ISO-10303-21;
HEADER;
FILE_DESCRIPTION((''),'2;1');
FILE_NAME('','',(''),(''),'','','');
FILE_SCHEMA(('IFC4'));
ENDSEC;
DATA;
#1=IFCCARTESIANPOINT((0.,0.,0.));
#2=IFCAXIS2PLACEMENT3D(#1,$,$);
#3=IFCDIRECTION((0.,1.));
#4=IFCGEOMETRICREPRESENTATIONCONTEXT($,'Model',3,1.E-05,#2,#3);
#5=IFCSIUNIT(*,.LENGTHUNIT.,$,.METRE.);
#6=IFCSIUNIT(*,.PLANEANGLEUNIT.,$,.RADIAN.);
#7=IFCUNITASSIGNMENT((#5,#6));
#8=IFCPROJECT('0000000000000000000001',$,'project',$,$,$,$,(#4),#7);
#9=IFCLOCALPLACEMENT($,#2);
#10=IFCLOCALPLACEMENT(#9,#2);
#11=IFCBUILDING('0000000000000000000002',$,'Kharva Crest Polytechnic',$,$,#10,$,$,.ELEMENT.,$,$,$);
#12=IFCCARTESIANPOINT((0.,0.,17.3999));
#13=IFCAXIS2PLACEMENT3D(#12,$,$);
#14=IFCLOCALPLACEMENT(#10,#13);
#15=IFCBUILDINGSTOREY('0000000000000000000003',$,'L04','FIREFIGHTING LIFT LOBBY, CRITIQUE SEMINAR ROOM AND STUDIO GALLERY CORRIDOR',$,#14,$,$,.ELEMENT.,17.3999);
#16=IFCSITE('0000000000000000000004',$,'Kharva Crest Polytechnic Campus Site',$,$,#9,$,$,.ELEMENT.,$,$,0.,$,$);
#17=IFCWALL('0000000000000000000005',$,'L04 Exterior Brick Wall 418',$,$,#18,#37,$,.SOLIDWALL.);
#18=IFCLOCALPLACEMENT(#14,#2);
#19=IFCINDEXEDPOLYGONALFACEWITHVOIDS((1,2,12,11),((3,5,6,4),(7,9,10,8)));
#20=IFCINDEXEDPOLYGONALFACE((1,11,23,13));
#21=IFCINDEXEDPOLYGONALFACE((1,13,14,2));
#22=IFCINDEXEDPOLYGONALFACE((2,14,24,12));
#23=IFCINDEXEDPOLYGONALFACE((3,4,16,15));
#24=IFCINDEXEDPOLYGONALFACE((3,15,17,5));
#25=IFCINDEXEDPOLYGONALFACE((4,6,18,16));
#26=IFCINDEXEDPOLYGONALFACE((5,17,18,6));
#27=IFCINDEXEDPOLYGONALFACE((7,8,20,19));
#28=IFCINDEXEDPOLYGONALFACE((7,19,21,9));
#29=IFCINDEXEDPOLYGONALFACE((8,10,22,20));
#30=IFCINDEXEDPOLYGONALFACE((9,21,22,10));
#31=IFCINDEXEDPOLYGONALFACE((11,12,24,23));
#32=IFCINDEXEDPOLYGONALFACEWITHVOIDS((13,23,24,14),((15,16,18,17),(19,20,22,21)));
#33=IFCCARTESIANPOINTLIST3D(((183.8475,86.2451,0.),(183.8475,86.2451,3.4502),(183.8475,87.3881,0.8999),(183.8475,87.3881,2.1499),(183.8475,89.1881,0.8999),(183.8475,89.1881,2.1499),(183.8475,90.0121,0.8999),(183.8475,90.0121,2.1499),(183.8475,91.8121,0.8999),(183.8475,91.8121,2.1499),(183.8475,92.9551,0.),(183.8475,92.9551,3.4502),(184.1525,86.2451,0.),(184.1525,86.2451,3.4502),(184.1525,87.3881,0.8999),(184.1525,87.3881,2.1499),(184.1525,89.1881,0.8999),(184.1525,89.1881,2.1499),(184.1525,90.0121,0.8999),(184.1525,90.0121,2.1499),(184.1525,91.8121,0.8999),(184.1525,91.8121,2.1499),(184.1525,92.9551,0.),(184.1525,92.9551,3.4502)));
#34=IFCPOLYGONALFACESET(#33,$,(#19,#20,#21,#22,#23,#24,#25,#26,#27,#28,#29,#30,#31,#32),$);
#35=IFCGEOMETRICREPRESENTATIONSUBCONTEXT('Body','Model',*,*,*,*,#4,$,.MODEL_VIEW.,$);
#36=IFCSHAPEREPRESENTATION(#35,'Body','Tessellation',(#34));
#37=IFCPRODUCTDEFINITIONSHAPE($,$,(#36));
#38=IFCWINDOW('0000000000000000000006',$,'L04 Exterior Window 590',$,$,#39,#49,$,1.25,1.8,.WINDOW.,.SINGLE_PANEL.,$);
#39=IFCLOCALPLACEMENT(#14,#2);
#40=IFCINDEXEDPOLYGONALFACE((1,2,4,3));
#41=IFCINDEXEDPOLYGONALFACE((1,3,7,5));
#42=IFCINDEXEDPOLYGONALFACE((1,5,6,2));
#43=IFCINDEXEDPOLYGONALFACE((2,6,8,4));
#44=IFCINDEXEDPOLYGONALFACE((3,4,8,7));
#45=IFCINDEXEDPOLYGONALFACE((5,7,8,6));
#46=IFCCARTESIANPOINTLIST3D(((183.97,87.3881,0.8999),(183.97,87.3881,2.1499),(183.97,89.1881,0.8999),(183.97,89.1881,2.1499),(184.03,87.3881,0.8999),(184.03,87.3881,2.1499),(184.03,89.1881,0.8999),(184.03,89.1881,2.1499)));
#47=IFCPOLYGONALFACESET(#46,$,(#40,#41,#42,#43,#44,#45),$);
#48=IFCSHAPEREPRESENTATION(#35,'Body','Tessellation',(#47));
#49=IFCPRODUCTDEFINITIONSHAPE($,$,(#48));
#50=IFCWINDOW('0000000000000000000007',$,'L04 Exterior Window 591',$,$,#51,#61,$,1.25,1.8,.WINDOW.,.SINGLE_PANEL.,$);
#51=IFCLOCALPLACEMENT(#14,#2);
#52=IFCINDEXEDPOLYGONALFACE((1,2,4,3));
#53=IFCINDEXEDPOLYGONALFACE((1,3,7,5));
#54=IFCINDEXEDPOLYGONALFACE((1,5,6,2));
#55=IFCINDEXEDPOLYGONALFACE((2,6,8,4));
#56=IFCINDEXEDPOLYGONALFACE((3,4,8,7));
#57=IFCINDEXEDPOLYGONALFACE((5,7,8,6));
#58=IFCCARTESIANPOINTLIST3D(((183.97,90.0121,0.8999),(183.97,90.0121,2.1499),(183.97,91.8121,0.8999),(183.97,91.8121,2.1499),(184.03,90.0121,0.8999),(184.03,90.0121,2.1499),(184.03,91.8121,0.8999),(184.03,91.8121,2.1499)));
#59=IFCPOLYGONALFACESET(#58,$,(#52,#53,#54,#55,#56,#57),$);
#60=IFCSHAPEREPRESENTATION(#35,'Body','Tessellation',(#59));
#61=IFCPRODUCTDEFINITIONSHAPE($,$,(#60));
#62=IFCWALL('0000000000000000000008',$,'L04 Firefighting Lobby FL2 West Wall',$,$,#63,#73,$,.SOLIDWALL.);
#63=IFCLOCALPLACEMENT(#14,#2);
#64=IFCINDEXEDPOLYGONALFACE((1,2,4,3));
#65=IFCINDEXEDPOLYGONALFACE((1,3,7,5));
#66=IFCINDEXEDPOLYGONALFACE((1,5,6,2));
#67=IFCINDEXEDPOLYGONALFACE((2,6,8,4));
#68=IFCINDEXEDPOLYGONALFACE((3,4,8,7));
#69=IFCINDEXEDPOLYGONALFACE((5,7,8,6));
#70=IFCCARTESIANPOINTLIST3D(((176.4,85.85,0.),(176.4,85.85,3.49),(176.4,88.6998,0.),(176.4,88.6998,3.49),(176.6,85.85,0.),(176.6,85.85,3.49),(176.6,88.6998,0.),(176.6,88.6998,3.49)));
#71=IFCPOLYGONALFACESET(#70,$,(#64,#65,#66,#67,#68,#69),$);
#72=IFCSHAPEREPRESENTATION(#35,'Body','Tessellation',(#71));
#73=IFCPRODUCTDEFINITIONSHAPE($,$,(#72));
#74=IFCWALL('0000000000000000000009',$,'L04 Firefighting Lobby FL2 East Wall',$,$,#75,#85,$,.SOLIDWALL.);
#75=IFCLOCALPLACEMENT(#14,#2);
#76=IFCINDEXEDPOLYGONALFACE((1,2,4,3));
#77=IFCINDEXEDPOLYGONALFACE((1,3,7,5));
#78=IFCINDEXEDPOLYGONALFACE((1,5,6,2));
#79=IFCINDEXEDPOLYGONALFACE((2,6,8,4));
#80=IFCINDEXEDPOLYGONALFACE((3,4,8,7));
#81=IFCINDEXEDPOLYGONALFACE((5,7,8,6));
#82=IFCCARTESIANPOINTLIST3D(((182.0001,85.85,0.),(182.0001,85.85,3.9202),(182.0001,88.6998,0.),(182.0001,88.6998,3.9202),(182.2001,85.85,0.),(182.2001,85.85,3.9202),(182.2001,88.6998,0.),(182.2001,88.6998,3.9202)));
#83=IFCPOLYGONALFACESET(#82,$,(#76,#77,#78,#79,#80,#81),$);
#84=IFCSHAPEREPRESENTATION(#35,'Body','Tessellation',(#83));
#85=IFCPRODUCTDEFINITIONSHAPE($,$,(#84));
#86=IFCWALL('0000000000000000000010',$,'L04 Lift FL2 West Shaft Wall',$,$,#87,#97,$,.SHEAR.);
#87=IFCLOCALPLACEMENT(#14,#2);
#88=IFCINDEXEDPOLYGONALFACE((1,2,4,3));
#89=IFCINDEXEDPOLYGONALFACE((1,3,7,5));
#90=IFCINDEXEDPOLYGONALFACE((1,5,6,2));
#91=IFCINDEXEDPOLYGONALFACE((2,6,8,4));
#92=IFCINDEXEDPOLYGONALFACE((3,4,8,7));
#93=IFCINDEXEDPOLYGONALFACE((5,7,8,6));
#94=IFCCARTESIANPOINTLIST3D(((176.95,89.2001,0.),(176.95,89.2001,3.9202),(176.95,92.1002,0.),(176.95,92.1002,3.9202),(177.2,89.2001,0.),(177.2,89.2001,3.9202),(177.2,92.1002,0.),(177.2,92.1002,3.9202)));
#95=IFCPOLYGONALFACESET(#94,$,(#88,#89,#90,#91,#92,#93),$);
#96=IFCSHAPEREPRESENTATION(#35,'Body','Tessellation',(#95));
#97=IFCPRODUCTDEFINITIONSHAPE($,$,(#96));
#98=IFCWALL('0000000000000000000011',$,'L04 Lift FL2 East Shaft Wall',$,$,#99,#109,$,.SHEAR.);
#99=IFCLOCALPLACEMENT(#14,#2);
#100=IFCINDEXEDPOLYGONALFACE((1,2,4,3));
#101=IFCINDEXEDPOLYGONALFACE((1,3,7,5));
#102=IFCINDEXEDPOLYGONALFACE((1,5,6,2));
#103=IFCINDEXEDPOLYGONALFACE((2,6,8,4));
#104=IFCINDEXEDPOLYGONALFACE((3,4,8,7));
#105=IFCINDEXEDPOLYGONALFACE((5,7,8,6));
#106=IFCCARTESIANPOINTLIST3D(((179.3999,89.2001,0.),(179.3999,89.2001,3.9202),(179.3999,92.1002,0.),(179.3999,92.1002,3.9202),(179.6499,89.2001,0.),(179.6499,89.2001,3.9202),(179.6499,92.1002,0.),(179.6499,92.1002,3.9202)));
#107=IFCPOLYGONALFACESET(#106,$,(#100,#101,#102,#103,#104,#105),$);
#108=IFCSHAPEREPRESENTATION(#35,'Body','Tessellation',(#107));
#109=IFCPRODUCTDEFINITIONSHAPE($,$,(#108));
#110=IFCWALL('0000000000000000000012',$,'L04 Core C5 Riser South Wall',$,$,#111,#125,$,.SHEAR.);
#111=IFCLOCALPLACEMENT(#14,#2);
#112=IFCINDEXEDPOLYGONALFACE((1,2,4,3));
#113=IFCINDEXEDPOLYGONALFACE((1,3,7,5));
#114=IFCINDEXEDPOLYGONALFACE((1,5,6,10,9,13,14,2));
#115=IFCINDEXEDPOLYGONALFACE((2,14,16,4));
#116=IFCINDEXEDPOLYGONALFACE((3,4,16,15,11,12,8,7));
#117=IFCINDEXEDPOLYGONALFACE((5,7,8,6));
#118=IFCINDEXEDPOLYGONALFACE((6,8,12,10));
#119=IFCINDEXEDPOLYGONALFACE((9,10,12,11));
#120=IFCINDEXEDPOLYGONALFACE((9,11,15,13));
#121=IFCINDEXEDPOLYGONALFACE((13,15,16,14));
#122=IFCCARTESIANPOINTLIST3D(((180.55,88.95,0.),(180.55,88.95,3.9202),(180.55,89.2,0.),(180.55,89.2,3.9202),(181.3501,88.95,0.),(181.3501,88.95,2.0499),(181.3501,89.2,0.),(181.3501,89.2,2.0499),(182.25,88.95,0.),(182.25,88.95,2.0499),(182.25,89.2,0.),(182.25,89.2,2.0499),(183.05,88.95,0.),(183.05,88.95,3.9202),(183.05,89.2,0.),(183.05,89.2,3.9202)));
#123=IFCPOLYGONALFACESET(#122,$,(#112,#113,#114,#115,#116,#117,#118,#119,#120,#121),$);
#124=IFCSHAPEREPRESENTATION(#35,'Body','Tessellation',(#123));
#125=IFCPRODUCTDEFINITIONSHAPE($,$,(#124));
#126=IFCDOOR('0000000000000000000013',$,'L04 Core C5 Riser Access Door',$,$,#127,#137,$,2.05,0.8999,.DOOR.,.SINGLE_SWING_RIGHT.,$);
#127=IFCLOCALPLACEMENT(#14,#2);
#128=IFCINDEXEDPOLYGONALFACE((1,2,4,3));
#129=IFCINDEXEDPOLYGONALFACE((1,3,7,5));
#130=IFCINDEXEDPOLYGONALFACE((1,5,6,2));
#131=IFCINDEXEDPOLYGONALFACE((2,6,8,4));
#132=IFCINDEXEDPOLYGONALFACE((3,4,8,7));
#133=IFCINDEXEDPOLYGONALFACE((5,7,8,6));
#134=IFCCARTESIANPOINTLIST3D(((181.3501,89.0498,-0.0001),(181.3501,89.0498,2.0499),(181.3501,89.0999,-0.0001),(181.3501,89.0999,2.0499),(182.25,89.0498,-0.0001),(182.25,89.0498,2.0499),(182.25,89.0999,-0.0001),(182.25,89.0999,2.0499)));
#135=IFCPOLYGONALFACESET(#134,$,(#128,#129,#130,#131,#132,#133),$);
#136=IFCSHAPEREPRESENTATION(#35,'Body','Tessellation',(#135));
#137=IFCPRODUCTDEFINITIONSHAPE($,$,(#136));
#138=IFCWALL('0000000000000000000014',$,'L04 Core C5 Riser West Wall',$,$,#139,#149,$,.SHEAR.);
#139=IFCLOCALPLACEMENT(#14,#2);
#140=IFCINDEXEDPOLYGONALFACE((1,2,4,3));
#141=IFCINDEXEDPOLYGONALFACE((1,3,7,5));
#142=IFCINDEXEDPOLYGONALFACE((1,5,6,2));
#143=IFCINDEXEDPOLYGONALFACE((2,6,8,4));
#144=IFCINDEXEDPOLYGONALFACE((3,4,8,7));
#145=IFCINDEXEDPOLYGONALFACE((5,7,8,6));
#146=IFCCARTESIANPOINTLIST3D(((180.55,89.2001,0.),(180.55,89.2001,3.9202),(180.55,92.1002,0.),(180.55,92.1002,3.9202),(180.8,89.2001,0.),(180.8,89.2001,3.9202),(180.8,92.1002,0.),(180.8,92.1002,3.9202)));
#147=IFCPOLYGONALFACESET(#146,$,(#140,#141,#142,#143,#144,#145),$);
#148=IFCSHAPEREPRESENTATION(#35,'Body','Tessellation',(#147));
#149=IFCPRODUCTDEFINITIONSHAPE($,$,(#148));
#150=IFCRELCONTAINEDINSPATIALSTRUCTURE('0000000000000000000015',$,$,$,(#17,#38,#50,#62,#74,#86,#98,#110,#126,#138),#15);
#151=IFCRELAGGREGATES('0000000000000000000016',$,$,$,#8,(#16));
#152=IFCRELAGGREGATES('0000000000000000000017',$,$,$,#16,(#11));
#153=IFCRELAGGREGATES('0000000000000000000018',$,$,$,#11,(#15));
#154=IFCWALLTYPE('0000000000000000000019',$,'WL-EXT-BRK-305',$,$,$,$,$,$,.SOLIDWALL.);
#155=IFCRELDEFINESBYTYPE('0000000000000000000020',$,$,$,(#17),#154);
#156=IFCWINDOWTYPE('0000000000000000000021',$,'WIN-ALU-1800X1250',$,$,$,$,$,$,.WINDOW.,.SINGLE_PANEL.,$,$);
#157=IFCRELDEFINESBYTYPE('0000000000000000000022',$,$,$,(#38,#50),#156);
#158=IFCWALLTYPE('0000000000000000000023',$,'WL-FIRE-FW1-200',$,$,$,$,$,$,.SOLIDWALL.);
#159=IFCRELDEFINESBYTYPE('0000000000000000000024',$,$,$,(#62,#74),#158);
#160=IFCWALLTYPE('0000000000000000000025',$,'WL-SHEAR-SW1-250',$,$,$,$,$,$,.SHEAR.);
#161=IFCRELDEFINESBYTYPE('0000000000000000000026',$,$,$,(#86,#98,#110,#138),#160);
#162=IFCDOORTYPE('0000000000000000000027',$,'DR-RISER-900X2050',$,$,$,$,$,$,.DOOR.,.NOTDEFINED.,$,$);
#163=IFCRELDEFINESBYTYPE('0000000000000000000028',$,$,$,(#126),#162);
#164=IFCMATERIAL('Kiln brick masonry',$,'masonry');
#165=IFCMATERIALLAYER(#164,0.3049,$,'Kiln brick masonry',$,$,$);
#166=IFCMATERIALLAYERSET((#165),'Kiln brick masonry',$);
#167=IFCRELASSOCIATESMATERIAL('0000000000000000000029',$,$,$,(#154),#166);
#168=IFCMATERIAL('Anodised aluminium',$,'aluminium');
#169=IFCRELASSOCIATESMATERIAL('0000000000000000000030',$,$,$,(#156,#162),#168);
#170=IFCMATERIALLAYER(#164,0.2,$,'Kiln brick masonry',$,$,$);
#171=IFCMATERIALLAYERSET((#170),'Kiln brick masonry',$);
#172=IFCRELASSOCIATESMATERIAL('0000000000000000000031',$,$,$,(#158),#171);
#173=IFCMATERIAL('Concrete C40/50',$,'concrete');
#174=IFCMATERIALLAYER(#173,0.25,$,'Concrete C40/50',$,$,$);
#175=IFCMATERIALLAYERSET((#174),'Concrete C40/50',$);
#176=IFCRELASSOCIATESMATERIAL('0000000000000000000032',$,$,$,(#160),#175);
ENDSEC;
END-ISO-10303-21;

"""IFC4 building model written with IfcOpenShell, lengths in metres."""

from ifc_helpers import new_model, si_unit, direction, frame, frame_2d, origin, place, context, subcontext, project, spatial, rectangle, extrude, material, layer, layer_set, type_object, element, fill, save


model = new_model("IFC4")

# Units and contexts
model_context = context("Model", 3, precision=1e-05, world=origin(), true_north=direction((0.0, 1.0)))
body_context = subcontext(model_context, "Body", "Model", "MODEL_VIEW")
ifc_project = project(units=[si_unit("LENGTHUNIT", "METRE"), si_unit("PLANEANGLEUNIT", "RADIAN")], contexts=[model_context])

# Site, building, storey
site_placement = place(None, origin())
site = spatial("IfcSite", under=ifc_project, at=site_placement, Name="Kharva Crest Polytechnic Campus Site", CompositionType="ELEMENT", RefElevation=0.0)
building_placement = place(site_placement, origin())
building = spatial("IfcBuilding", under=site, at=building_placement, Name="Kharva Crest Polytechnic", CompositionType="ELEMENT")
storey_placement = place(building_placement, frame((0.0, 0.0, 17.3999)))
storey = spatial("IfcBuildingStorey", under=building, at=storey_placement, Name="L04", Description="FIREFIGHTING LIFT LOBBY, CRITIQUE SEMINAR ROOM AND STUDIO GALLERY CORRIDOR", CompositionType="ELEMENT", Elevation=17.3999)

# Shared definitions
ifc_material_1 = material(Name="Concrete C40/50", Category="concrete")

# Wall, openings, windows
ifc_material_2 = material(Name="Kiln brick masonry", Category="masonry")
ifc_layer_1 = layer(ifc_material_2, 0.3049, Name="Kiln brick masonry")
ifc_layer_set_1 = layer_set([ifc_layer_1], Name="Kiln brick masonry")
wall_type_1 = type_object("IfcWallType", Name="WL-EXT-BRK-305", PredefinedType="SOLIDWALL", material=ifc_layer_set_1)
wall_1_placement = place(storey_placement, frame((184.0, 86.2451, 0.0), z_axis=(0.0, 0.0, 1.0), x_axis=(0.0, 1.0, 0.0)))
wall_1 = element("IfcWall", 1, at=wall_1_placement, inside=storey, type_object=wall_type_1, Name="L04 Exterior Brick Wall 418", PredefinedType="SOLIDWALL", context=body_context, shape_type="SweptSolid", body=[
    extrude(rectangle(XDim=6.71, YDim=0.3049, at=frame_2d((3.355, 0.0))), origin(), (0.0, 0.0, 1.0), 3.4502),
])
opening_1_placement = place(wall_1_placement, frame((1.1431, 0.0, 0.8999)))
opening_1 = element("IfcOpeningElement", 2, at=opening_1_placement, cuts=wall_1, PredefinedType="OPENING", context=body_context, shape_type="SweptSolid", body=[
    extrude(rectangle(XDim=1.8, YDim=1.25, at=frame_2d((0.8999, 0.625))), frame((0.0, 0.1624, 0.0), z_axis=(0.0, -1.0, 0.0), x_axis=(1.0, 0.0, 0.0)), (0.0, 0.0, 1.0), 0.325),
])
opening_2_placement = place(wall_1_placement, frame((3.7671, 0.0, 0.8999)))
opening_2 = element("IfcOpeningElement", 3, at=opening_2_placement, cuts=wall_1, PredefinedType="OPENING", context=body_context, shape_type="SweptSolid", body=[
    extrude(rectangle(XDim=1.8, YDim=1.25, at=frame_2d((0.8999, 0.625))), frame((0.0, 0.1624, 0.0), z_axis=(0.0, -1.0, 0.0), x_axis=(1.0, 0.0, 0.0)), (0.0, 0.0, 1.0), 0.325),
])
ifc_material_3 = material(Name="Anodised aluminium", Category="aluminium")
window_type = type_object("IfcWindowType", Name="WIN-ALU-1800X1250", PartitioningType="SINGLE_PANEL", PredefinedType="WINDOW", material=ifc_material_3)
window_1_placement = place(opening_1_placement, origin())
window_1 = element("IfcWindow", 4, at=window_1_placement, inside=storey, type_object=window_type, Name="L04 Exterior Window 590", OverallHeight=1.25, OverallWidth=1.8, PartitioningType="SINGLE_PANEL", PredefinedType="WINDOW", context=body_context, shape_type="SweptSolid", body=[
    extrude(rectangle(XDim=1.8, YDim=1.25, at=frame_2d((0.8999, 0.625))), frame((0.0, 0.03, 0.0), z_axis=(0.0, -1.0, 0.0), x_axis=(1.0, 0.0, 0.0)), (0.0, 0.0, 1.0), 0.0601),
])
fill(opening_1, window_1)
window_2_placement = place(opening_2_placement, origin())
window_2 = element("IfcWindow", 5, at=window_2_placement, inside=storey, type_object=window_type, Name="L04 Exterior Window 591", OverallHeight=1.25, OverallWidth=1.8, PartitioningType="SINGLE_PANEL", PredefinedType="WINDOW", context=body_context, shape_type="SweptSolid", body=[
    extrude(rectangle(XDim=1.8, YDim=1.25, at=frame_2d((0.8999, 0.625))), frame((0.0, 0.03, 0.0), z_axis=(0.0, -1.0, 0.0), x_axis=(1.0, 0.0, 0.0)), (0.0, 0.0, 1.0), 0.0601),
])
fill(opening_2, window_2)

# Walls
ifc_layer_2 = layer(ifc_material_2, 0.2, Name="Kiln brick masonry")
ifc_layer_set_2 = layer_set([ifc_layer_2], Name="Kiln brick masonry")
wall_type_2 = type_object("IfcWallType", Name="WL-FIRE-FW1-200", PredefinedType="SOLIDWALL", material=ifc_layer_set_2)
wall_2_placement = place(storey_placement, frame((176.5, 85.8501, 0.0), z_axis=(0.0, 0.0, 1.0), x_axis=(0.0, 1.0, 0.0)))
element("IfcWall", 6, at=wall_2_placement, inside=storey, type_object=wall_type_2, Name="L04 Firefighting Lobby FL2 West Wall", PredefinedType="SOLIDWALL", context=body_context, shape_type="SweptSolid", body=[
    extrude(rectangle(XDim=2.8499, YDim=0.2, at=frame_2d((1.4248, 0.0))), origin(), (0.0, 0.0, 1.0), 3.49),
])
wall_3_placement = place(storey_placement, frame((182.1001, 85.8501, 0.0), z_axis=(0.0, 0.0, 1.0), x_axis=(0.0, 1.0, 0.0)))
element("IfcWall", 7, at=wall_3_placement, inside=storey, type_object=wall_type_2, Name="L04 Firefighting Lobby FL2 East Wall", PredefinedType="SOLIDWALL", context=body_context, shape_type="SweptSolid", body=[
    extrude(rectangle(XDim=2.8499, YDim=0.2, at=frame_2d((1.4248, 0.0))), origin(), (0.0, 0.0, 1.0), 3.9202),
])

# Shared definitions
ifc_layer_3 = layer(ifc_material_1, 0.25, Name="Concrete C40/50")
ifc_layer_set_3 = layer_set([ifc_layer_3], Name="Concrete C40/50")
wall_type_3 = type_object("IfcWallType", Name="WL-SHEAR-SW1-250", PredefinedType="SHEAR", material=ifc_layer_set_3)

# Walls
for number, where, z_axis, x_axis, name in (
    (8, (177.075, 89.2, 0.0), (0.0, 0.0, 1.0), (0.0, 1.0, 0.0), "L04 Lift FL2 West Shaft Wall"),
    (9, (179.5249, 89.2, 0.0), (0.0, 0.0, 1.0), (0.0, 1.0, 0.0), "L04 Lift FL2 East Shaft Wall"),
):
    element("IfcWall", number, at=place(storey_placement, frame(where, z_axis=z_axis, x_axis=x_axis)), inside=storey, type_object=wall_type_3, Name=name, PredefinedType="SHEAR", context=body_context, shape_type="SweptSolid", body=[
        extrude(rectangle(XDim=2.9001, YDim=0.25, at=frame_2d((1.4502, 0.0))), origin(), (0.0, 0.0, 1.0), 3.9202),
    ])

# Wall, opening, door
wall_4_placement = place(storey_placement, frame((180.55, 89.075, 0.0), z_axis=(0.0, 0.0, 1.0), x_axis=(1.0, 0.0, 0.0)))
wall_4 = element("IfcWall", 10, at=wall_4_placement, inside=storey, type_object=wall_type_3, Name="L04 Core C5 Riser South Wall", PredefinedType="SHEAR", context=body_context, shape_type="SweptSolid", body=[
    extrude(rectangle(XDim=2.5, YDim=0.25, at=frame_2d((1.25, 0.0))), origin(), (0.0, 0.0, 1.0), 3.9202),
])
opening_3_placement = place(wall_4_placement, frame((0.8, 0.0, 0.0)))
opening_3 = element("IfcOpeningElement", 11, at=opening_3_placement, cuts=wall_4, PredefinedType="OPENING", context=body_context, shape_type="SweptSolid", body=[
    extrude(rectangle(XDim=0.8999, YDim=2.05, at=frame_2d((0.45, 1.0249))), frame((0.0, 0.135, 0.0), z_axis=(0.0, -1.0, 0.0), x_axis=(1.0, 0.0, 0.0)), (0.0, 0.0, 1.0), 0.27),
])
door_type_1 = type_object("IfcDoorType", Name="DR-RISER-900X2050", OperationType="NOTDEFINED", PredefinedType="DOOR", material=ifc_material_3)
door_1_placement = place(opening_3_placement, origin())
door_1 = element("IfcDoor", 12, at=door_1_placement, inside=storey, type_object=door_type_1, Name="L04 Core C5 Riser Access Door", OperationType="SINGLE_SWING_RIGHT", OverallHeight=2.05, OverallWidth=0.8999, PredefinedType="DOOR", context=body_context, shape_type="SweptSolid", body=[
    extrude(rectangle(XDim=0.8999, YDim=2.05, at=frame_2d((0.45, 1.0249))), frame((0.0, 0.0249, 0.0), z_axis=(0.0, -1.0, 0.0), x_axis=(1.0, 0.0, 0.0)), (0.0, 0.0, 1.0), 0.05),
])
fill(opening_3, door_1)

# Wall
wall_5_placement = place(storey_placement, frame((180.675, 89.2, 0.0), z_axis=(0.0, 0.0, 1.0), x_axis=(0.0, 1.0, 0.0)))
element("IfcWall", 13, at=wall_5_placement, inside=storey, type_object=wall_type_3, Name="L04 Core C5 Riser West Wall", PredefinedType="SHEAR", context=body_context, shape_type="SweptSolid", body=[
    extrude(rectangle(XDim=2.9001, YDim=0.25, at=frame_2d((1.4502, 0.0))), origin(), (0.0, 0.0, 1.0), 3.9202),
])

save(model, "model.ifc")
